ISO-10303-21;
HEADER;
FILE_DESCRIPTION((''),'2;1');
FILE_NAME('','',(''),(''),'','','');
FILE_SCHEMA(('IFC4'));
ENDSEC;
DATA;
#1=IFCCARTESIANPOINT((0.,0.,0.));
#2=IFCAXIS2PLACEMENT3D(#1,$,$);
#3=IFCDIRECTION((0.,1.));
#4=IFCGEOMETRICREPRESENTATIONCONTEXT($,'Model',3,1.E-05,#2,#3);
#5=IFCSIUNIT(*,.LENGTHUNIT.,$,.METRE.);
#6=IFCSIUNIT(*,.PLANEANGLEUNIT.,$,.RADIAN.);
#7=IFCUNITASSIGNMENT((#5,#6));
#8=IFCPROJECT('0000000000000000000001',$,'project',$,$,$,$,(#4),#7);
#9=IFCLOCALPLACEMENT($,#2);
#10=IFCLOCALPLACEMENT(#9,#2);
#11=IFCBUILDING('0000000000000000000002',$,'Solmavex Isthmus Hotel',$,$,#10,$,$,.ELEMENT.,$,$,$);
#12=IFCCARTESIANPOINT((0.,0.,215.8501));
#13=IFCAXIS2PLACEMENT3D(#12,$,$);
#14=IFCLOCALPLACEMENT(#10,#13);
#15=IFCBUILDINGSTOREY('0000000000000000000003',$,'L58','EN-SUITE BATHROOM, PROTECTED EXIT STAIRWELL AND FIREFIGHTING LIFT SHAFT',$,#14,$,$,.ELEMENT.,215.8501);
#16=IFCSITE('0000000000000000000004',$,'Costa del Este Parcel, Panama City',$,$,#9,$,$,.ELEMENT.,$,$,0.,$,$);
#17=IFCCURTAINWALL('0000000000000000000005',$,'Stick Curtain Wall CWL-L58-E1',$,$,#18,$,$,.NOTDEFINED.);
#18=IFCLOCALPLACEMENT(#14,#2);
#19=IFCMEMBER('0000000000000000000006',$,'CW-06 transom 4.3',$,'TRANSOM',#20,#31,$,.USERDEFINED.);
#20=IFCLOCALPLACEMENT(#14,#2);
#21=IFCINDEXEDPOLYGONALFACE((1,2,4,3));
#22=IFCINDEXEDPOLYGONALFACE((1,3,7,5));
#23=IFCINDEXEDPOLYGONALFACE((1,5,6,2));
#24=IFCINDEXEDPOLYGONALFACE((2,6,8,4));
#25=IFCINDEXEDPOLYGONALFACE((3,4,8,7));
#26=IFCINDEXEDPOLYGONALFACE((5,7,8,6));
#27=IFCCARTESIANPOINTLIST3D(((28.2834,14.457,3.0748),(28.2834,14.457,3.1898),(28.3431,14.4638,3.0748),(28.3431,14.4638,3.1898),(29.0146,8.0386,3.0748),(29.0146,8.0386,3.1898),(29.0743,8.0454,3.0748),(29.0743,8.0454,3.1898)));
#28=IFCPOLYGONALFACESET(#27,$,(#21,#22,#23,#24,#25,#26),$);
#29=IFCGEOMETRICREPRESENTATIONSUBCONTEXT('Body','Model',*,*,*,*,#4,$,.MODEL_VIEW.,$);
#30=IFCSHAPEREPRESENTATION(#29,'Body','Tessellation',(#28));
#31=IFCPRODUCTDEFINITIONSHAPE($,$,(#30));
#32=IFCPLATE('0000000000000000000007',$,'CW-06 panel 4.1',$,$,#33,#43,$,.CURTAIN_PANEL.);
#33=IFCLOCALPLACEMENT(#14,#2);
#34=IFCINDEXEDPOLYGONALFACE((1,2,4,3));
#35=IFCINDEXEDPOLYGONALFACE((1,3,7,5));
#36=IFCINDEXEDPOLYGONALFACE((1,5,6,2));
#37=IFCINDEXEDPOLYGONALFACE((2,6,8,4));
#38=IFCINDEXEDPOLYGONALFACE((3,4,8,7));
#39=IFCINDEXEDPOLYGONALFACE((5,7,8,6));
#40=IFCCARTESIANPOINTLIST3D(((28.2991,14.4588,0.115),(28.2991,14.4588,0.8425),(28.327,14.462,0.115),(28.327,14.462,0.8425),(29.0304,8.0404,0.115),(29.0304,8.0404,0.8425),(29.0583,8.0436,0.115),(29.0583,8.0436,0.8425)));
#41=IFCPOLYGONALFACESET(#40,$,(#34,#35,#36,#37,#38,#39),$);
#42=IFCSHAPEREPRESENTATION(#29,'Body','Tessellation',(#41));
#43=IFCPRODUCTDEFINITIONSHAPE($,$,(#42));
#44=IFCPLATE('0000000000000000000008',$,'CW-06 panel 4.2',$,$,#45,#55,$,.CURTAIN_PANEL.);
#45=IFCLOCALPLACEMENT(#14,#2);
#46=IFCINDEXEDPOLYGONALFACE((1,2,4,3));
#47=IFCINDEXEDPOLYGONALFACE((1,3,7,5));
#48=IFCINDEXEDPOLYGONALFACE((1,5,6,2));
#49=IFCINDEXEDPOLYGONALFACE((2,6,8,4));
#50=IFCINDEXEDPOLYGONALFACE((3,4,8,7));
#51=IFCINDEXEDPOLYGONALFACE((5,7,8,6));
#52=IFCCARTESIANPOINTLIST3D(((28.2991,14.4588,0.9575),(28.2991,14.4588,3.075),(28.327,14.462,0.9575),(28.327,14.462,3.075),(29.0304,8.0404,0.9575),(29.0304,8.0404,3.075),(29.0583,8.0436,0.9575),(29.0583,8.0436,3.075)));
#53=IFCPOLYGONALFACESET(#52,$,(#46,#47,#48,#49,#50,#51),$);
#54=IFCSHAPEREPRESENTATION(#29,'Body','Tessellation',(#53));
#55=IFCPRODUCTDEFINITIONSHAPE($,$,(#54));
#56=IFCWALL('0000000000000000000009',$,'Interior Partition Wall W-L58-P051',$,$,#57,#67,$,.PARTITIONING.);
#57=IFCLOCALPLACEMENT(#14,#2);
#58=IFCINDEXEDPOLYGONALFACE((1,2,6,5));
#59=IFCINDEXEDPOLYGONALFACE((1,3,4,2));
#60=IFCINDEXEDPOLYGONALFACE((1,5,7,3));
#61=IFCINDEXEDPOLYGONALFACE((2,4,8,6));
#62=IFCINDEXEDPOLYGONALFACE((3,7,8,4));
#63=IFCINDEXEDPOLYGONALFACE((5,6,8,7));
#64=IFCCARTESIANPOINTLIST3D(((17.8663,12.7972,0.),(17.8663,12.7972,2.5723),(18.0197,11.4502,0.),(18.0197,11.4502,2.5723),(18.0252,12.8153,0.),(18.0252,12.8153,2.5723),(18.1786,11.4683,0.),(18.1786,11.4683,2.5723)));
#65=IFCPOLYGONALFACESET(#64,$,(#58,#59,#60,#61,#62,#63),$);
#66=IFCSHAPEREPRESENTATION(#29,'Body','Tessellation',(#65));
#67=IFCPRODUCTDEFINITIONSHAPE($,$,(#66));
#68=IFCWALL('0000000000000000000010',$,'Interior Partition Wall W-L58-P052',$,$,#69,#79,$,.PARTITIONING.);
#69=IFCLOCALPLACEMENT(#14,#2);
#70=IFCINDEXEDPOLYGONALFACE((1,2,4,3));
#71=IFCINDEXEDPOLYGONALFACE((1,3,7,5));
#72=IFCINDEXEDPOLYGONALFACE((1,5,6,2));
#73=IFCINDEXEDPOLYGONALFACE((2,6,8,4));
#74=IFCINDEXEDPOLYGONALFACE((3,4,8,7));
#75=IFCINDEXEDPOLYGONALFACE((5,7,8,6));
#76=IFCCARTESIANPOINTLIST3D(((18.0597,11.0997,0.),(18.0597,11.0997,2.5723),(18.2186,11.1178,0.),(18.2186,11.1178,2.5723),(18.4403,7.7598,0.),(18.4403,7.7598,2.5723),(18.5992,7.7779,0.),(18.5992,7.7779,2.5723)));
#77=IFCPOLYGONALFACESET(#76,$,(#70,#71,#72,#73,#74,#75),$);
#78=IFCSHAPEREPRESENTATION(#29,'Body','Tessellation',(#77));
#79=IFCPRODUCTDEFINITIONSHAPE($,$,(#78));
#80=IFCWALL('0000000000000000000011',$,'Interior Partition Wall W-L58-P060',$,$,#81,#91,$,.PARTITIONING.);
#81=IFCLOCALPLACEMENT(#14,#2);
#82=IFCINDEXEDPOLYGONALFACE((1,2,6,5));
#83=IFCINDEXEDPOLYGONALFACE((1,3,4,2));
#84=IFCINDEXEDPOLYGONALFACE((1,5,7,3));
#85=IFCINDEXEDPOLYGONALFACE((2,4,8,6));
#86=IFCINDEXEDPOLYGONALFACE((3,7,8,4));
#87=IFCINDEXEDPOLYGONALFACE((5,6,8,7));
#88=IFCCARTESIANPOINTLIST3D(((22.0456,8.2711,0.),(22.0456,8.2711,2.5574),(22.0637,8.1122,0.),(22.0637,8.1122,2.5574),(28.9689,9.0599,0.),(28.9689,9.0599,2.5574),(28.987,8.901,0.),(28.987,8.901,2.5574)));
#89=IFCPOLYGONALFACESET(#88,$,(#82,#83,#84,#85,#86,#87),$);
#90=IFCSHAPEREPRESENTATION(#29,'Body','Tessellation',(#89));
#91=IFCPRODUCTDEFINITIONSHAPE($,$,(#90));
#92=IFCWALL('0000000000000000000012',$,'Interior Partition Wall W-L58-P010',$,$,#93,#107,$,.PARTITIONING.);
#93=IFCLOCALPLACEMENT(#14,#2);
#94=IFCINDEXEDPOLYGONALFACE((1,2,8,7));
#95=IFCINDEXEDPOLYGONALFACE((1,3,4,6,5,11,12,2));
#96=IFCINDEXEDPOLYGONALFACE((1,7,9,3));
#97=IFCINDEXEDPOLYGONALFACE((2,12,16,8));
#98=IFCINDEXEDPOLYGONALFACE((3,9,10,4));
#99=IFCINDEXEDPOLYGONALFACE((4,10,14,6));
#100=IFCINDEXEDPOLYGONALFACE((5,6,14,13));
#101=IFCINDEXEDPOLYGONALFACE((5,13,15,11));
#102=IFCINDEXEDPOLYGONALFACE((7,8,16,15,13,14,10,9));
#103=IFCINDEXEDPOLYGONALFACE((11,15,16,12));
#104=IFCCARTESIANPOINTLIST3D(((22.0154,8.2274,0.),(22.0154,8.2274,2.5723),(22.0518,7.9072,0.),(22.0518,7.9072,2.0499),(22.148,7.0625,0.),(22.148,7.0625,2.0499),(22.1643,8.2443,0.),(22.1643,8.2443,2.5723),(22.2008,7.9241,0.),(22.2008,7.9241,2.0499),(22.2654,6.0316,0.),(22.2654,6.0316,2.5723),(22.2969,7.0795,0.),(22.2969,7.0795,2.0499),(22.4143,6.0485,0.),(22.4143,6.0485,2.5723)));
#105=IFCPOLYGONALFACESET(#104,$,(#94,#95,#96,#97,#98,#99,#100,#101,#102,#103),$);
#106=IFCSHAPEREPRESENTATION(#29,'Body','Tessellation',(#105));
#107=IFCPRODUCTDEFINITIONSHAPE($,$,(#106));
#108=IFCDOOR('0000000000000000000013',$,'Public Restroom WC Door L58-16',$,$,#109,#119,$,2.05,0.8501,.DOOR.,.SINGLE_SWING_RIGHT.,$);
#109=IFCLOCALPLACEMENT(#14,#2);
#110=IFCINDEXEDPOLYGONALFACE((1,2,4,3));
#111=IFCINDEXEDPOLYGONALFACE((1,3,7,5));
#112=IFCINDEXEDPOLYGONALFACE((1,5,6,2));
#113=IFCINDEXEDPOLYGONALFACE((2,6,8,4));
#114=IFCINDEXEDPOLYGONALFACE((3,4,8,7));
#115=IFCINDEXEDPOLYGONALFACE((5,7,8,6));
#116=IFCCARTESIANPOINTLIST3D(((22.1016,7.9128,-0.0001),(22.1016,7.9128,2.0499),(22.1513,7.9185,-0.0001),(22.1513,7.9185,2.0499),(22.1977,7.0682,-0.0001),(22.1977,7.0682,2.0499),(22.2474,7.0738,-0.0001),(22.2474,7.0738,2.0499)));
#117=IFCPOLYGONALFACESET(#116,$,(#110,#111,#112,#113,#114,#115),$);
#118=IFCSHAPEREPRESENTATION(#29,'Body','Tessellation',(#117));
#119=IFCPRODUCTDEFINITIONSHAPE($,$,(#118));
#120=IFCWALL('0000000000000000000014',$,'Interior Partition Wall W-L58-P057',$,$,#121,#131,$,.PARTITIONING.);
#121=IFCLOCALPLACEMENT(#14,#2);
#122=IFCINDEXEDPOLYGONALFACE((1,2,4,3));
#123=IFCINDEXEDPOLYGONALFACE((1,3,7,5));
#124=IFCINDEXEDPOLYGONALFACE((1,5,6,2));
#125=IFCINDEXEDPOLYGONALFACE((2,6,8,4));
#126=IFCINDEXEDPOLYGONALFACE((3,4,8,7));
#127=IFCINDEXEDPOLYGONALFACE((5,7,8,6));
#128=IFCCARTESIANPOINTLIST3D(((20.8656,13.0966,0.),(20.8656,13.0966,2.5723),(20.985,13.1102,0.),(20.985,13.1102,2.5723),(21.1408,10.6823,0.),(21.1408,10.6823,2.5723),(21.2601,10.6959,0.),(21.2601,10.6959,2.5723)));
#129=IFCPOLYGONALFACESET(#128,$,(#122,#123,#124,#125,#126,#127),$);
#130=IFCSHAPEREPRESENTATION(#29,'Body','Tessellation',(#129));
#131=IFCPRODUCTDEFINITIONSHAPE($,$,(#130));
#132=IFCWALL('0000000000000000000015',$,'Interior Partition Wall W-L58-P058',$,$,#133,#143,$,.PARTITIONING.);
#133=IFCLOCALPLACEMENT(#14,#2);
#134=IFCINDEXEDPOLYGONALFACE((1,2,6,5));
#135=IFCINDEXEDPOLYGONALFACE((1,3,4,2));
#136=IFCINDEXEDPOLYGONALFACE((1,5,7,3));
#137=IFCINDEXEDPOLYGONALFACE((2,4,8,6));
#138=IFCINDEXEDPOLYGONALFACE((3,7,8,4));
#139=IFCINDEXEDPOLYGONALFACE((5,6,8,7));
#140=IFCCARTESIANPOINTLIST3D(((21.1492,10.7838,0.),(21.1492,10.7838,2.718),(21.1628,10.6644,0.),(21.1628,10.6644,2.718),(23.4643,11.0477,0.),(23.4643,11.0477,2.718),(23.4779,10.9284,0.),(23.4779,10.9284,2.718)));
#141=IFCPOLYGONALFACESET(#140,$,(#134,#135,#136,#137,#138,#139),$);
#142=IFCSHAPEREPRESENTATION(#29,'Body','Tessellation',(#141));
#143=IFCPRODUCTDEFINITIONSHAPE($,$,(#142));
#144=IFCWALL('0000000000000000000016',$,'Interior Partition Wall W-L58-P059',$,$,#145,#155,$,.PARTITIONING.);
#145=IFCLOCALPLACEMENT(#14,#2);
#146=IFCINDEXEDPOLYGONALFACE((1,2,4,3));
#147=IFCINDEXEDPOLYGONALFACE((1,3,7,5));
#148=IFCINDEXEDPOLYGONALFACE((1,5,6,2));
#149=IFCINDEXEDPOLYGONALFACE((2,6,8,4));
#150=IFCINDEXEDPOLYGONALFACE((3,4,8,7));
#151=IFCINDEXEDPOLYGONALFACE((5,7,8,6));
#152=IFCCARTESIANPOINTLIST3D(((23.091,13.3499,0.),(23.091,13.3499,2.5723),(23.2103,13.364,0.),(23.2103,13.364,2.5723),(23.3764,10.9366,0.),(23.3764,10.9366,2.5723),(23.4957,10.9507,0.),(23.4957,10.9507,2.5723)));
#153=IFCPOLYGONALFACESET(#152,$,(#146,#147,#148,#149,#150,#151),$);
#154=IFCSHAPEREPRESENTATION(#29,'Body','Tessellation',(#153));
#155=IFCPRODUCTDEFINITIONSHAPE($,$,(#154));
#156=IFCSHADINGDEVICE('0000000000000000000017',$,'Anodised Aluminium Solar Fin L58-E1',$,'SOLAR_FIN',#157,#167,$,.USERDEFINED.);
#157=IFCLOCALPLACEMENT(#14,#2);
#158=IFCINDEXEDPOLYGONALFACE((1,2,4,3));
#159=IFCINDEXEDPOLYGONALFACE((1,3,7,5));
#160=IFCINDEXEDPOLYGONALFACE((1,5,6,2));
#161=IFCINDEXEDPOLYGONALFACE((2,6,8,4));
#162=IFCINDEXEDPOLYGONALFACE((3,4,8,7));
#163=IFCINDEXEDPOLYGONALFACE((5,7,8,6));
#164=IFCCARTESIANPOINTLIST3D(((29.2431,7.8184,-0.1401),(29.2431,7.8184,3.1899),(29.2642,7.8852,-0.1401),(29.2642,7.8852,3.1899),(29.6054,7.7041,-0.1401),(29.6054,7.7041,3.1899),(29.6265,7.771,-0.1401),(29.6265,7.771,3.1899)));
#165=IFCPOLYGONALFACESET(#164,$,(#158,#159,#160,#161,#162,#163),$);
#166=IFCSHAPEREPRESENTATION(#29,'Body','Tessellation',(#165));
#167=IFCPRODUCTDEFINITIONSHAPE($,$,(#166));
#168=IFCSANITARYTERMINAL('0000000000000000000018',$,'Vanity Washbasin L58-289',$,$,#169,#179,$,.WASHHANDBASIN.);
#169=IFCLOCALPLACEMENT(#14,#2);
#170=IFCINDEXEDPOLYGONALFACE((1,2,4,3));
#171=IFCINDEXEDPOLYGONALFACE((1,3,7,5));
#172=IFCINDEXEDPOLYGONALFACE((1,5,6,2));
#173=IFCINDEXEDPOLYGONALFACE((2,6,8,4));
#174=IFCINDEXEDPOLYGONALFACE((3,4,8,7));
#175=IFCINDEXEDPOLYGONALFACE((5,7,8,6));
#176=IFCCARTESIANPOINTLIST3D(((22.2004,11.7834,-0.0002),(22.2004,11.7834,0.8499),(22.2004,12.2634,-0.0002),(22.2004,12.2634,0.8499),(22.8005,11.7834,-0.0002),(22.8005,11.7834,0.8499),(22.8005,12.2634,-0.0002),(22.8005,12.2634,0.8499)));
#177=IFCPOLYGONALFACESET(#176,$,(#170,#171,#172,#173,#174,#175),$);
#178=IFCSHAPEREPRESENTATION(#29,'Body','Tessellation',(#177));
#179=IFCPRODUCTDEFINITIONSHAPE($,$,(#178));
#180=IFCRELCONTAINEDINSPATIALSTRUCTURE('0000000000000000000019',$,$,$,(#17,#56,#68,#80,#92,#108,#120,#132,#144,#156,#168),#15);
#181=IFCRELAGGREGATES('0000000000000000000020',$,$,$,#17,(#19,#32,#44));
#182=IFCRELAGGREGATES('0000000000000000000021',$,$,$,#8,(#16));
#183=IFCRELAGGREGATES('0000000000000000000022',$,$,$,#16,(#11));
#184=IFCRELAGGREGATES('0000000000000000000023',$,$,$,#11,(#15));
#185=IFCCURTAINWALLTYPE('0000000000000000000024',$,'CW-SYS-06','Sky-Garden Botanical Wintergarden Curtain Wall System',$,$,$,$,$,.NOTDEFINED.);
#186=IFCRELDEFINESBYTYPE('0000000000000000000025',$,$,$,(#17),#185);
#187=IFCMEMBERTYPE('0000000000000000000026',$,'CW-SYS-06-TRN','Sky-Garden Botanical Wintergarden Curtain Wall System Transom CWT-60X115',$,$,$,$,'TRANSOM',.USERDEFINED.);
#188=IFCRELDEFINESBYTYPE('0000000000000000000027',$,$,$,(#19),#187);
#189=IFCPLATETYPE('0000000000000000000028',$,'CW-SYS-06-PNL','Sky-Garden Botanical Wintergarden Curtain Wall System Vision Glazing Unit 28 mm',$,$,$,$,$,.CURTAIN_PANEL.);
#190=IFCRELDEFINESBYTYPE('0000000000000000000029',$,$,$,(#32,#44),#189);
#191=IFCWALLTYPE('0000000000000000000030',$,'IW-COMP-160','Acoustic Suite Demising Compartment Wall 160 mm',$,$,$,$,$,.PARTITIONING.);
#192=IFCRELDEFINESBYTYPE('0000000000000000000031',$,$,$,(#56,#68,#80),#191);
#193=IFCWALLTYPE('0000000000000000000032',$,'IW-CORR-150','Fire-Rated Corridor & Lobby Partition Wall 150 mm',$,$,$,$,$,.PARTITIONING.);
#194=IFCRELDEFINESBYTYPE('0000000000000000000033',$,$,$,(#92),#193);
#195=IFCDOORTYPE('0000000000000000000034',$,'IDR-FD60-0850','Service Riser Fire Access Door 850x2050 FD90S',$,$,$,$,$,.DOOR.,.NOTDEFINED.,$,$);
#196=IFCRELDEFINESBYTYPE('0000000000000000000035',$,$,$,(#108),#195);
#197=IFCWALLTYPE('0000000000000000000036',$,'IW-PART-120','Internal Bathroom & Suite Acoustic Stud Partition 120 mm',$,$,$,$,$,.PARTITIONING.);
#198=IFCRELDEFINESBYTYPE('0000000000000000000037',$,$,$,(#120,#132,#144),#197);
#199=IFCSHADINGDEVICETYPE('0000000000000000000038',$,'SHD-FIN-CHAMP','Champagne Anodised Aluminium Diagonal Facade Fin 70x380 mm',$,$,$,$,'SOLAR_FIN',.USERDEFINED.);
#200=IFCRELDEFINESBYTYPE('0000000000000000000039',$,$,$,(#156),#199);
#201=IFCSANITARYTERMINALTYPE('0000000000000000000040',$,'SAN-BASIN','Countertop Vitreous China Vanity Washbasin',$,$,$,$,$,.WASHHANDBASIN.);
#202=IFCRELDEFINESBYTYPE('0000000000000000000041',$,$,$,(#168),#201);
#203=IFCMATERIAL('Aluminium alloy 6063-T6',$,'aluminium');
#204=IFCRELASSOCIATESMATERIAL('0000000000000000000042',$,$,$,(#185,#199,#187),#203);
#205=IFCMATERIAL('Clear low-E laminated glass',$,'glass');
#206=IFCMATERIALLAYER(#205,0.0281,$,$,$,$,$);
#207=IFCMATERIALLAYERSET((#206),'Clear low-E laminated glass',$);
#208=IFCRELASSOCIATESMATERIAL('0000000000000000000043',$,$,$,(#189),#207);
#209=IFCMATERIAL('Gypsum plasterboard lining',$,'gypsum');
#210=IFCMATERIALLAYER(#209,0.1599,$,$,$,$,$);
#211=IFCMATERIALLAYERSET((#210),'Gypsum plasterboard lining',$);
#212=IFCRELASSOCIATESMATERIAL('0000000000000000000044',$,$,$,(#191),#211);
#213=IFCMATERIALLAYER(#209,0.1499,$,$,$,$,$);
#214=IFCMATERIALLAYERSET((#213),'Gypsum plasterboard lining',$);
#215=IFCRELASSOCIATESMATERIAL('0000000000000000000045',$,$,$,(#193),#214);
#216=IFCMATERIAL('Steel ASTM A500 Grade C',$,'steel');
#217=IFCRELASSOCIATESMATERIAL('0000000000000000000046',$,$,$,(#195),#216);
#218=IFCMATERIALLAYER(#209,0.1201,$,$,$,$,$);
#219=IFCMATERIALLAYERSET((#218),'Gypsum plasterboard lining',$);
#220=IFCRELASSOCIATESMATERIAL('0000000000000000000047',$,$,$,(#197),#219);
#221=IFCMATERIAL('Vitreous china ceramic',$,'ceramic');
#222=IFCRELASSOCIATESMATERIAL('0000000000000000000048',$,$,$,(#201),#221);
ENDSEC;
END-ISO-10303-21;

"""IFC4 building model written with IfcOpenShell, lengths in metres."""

from ifc_helpers import new_model, si_unit, direction, frame, frame_2d, origin, origin_2d, place, context, subcontext, project, spatial, rectangle, extrude, material, layer, layer_set, material_profile, profile_set, type_object, element, fill, aggregate, save


model = new_model("IFC4")

# Units and contexts
model_context = context("Model", 3, precision=1e-05, world=origin(), true_north=direction((0.0, 1.0)))
body_context = subcontext(model_context, "Body", "Model", "MODEL_VIEW")
ifc_project = project(units=[si_unit("LENGTHUNIT", "METRE"), si_unit("PLANEANGLEUNIT", "RADIAN")], contexts=[model_context])

# Site, building, storey
site_placement = place(None, origin())
site = spatial("IfcSite", under=ifc_project, at=site_placement, Name="Costa del Este Parcel, Panama City", CompositionType="ELEMENT", RefElevation=0.0)
building_placement = place(site_placement, origin())
building = spatial("IfcBuilding", under=site, at=building_placement, Name="Solmavex Isthmus Hotel", CompositionType="ELEMENT")
storey_placement = place(building_placement, frame((0.0, 0.0, 215.8501)))
storey = spatial("IfcBuildingStorey", under=building, at=storey_placement, Name="L58", Description="EN-SUITE BATHROOM, PROTECTED EXIT STAIRWELL AND FIREFIGHTING LIFT SHAFT", CompositionType="ELEMENT", Elevation=215.8501)

# Curtain wall, member, plates
ifc_material_1 = material(Name="Aluminium alloy 6063-T6", Category="aluminium")
curtain_wall_type = type_object("IfcCurtainWallType", Name="CW-SYS-06", Description="Sky-Garden Botanical Wintergarden Curtain Wall System", PredefinedType="NOTDEFINED", material=ifc_material_1)
curtain_wall_placement = place(storey_placement, origin())
curtain_wall = element("IfcCurtainWall", 1, at=curtain_wall_placement, inside=storey, type_object=curtain_wall_type, Name="Stick Curtain Wall CWL-L58-E1", PredefinedType="NOTDEFINED")
ifc_material_profile_1 = material_profile(ifc_material_1, rectangle(XDim=0.0601, YDim=0.115, at=origin_2d()), Name="CWT-60X115")
ifc_profile_set_1 = profile_set([ifc_material_profile_1], Name="Aluminium alloy 6063-T6")
member_type_1 = type_object("IfcMemberType", Name="CW-SYS-06-TRN", Description="Sky-Garden Botanical Wintergarden Curtain Wall System Transom CWT-60X115", ElementType="TRANSOM", PredefinedType="USERDEFINED", material=ifc_profile_set_1)
member_1_placement = place(storey_placement, frame((29.0444, 8.042, 3.1323), z_axis=(-0.11319, 0.993573, 0.0), x_axis=(-0.993573, -0.11319, 0.0)))
member_1 = element("IfcMember", 2, at=member_1_placement, type_object=member_type_1, Name="CW-06 transom 4.3", ObjectType="TRANSOM", PredefinedType="USERDEFINED", context=body_context, shape_type="SweptSolid", body=[
    extrude(rectangle(XDim=0.0601, YDim=0.115, at=origin_2d()), origin(), (0.0, 0.0, 1.0), 6.46),
])
ifc_material_2 = material(Name="Clear low-E laminated glass", Category="glass")
ifc_layer_1 = layer(ifc_material_2, 0.0281)
ifc_layer_set_1 = layer_set([ifc_layer_1], Name="Clear low-E laminated glass")
plate_type = type_object("IfcPlateType", Name="CW-SYS-06-PNL", Description="Sky-Garden Botanical Wintergarden Curtain Wall System Vision Glazing Unit 28 mm", PredefinedType="CURTAIN_PANEL", material=ifc_layer_set_1)
plate_1_placement = place(storey_placement, frame((28.6787, 11.2512, 0.115), z_axis=(0.0, 0.0, 1.0), x_axis=(-0.113203, 0.993572, 0.0)))
plate_1 = element("IfcPlate", 3, at=plate_1_placement, type_object=plate_type, Name="CW-06 panel 4.1", PredefinedType="CURTAIN_PANEL", context=body_context, shape_type="SweptSolid", body=[
    extrude(rectangle(XDim=6.46, YDim=0.0281, at=origin_2d()), origin(), (0.0, 0.0, 1.0), 0.7275),
])
plate_2_placement = place(storey_placement, frame((28.6787, 11.2512, 0.9575), z_axis=(0.0, 0.0, 1.0), x_axis=(-0.113203, 0.993572, 0.0)))
plate_2 = element("IfcPlate", 4, at=plate_2_placement, type_object=plate_type, Name="CW-06 panel 4.2", PredefinedType="CURTAIN_PANEL", context=body_context, shape_type="SweptSolid", body=[
    extrude(rectangle(XDim=6.46, YDim=0.0281, at=origin_2d()), origin(), (0.0, 0.0, 1.0), 2.1174),
])
aggregate(curtain_wall, [member_1, plate_1, plate_2])

# Walls
ifc_material_3 = material(Name="Gypsum plasterboard lining", Category="gypsum")
ifc_layer_2 = layer(ifc_material_3, 0.1599)
ifc_layer_set_2 = layer_set([ifc_layer_2], Name="Gypsum plasterboard lining")
wall_type_1 = type_object("IfcWallType", Name="IW-COMP-160", Description="Acoustic Suite Demising Compartment Wall 160 mm", PredefinedType="PARTITIONING", material=ifc_layer_set_2)
wall_1_placement = place(storey_placement, frame((17.9458, 12.8062, 0.0), z_axis=(0.0, 0.0, 1.0), x_axis=(0.1131, -0.993584, 0.0)))
element("IfcWall", 5, at=wall_1_placement, inside=storey, type_object=wall_type_1, Name="Interior Partition Wall W-L58-P051", PredefinedType="PARTITIONING", context=body_context, shape_type="SweptSolid", body=[
    extrude(rectangle(XDim=1.3557, YDim=0.1599, at=frame_2d((0.6777, 0.0))), origin(), (0.0, 0.0, 1.0), 2.5723),
])
wall_2_placement = place(storey_placement, frame((18.1392, 11.1086, 0.0), z_axis=(0.0, 0.0, 1.0), x_axis=(0.113229, -0.993569, 0.0)))
element("IfcWall", 6, at=wall_2_placement, inside=storey, type_object=wall_type_1, Name="Interior Partition Wall W-L58-P052", PredefinedType="PARTITIONING", context=body_context, shape_type="SweptSolid", body=[
    extrude(rectangle(XDim=3.3616, YDim=0.1599, at=frame_2d((1.6807, 0.0))), origin(), (0.0, 0.0, 1.0), 2.5723),
])
wall_3_placement = place(storey_placement, frame((28.9778, 8.9805, 0.0), z_axis=(0.0, 0.0, 1.0), x_axis=(-0.993572, -0.113204, 0.0)))
element("IfcWall", 7, at=wall_3_placement, inside=storey, type_object=wall_type_1, Name="Interior Partition Wall W-L58-P060", PredefinedType="PARTITIONING", context=body_context, shape_type="SweptSolid", body=[
    extrude(rectangle(XDim=6.968, YDim=0.1599, at=frame_2d((3.4839, 0.0))), origin(), (0.0, 0.0, 1.0), 2.5574),
])

# Wall, opening, door
ifc_layer_3 = layer(ifc_material_3, 0.1499)
ifc_layer_set_3 = layer_set([ifc_layer_3], Name="Gypsum plasterboard lining")
wall_type_2 = type_object("IfcWallType", Name="IW-CORR-150", Description="Fire-Rated Corridor & Lobby Partition Wall 150 mm", PredefinedType="PARTITIONING", material=ifc_layer_set_3)
wall_4_placement = place(storey_placement, frame((22.0898, 8.2358, 0.0), z_axis=(0.0, 0.0, 1.0), x_axis=(0.113123, -0.993581, 0.0)))
wall_4 = element("IfcWall", 8, at=wall_4_placement, inside=storey, type_object=wall_type_2, Name="Interior Partition Wall W-L58-P010", PredefinedType="PARTITIONING", context=body_context, shape_type="SweptSolid", body=[
    extrude(rectangle(XDim=2.21, YDim=0.1499, at=frame_2d((1.105, 0.0))), origin(), (0.0, 0.0, 1.0), 2.5723),
])
opening_1_placement = place(wall_4_placement, frame((0.3223, 0.0, 0.0)))
opening_1 = element("IfcOpeningElement", 9, at=opening_1_placement, cuts=wall_4, PredefinedType="OPENING", context=body_context, shape_type="SweptSolid", body=[
    extrude(rectangle(XDim=0.8501, YDim=2.05, at=frame_2d((0.425, 1.0249))), frame((0.0, 0.085, 0.0), z_axis=(0.0, -1.0, 0.0), x_axis=(1.0, 0.0, 0.0)), (0.0, 0.0, 1.0), 0.1699),
])
ifc_material_4 = material(Name="Steel ASTM A500 Grade C", Category="steel")
door_type_1 = type_object("IfcDoorType", Name="IDR-FD60-0850", Description="Service Riser Fire Access Door 850x2050 FD90S", OperationType="NOTDEFINED", PredefinedType="DOOR", material=ifc_material_4)
door_1_placement = place(opening_1_placement, frame((0.8501, 0.0, 0.0), z_axis=(0.0, 0.0, 1.0), x_axis=(-1.0, 0.0, 0.0)))
door_1 = element("IfcDoor", 10, at=door_1_placement, inside=storey, type_object=door_type_1, Name="Public Restroom WC Door L58-16", OperationType="SINGLE_SWING_RIGHT", OverallHeight=2.05, OverallWidth=0.8501, PredefinedType="DOOR", context=body_context, shape_type="SweptSolid", body=[
    extrude(rectangle(XDim=0.8501, YDim=2.05, at=frame_2d((0.425, 1.0249))), frame((0.0, 0.0249, 0.0), z_axis=(0.0, -1.0, 0.0), x_axis=(1.0, 0.0, 0.0)), (0.0, 0.0, 1.0), 0.05),
])
fill(opening_1, door_1)

# Walls
ifc_layer_4 = layer(ifc_material_3, 0.1201)
ifc_layer_set_4 = layer_set([ifc_layer_4], Name="Gypsum plasterboard lining")
wall_type_3 = type_object("IfcWallType", Name="IW-PART-120", Description="Internal Bathroom & Suite Acoustic Stud Partition 120 mm", PredefinedType="PARTITIONING", material=ifc_layer_set_4)
wall_5_placement = place(storey_placement, frame((20.9253, 13.1033, 0.0), z_axis=(0.0, 0.0, 1.0), x_axis=(0.113232, -0.993569, 0.0)))
element("IfcWall", 11, at=wall_5_placement, inside=storey, type_object=wall_type_3, Name="Interior Partition Wall W-L58-P057", PredefinedType="PARTITIONING", context=body_context, shape_type="SweptSolid", body=[
    extrude(rectangle(XDim=2.4299, YDim=0.1201, at=frame_2d((1.2148, 0.0))), origin(), (0.0, 0.0, 1.0), 2.5723),
])
wall_6_placement = place(storey_placement, frame((21.156, 10.7241, 0.0), z_axis=(0.0, 0.0, 1.0), x_axis=(0.993565, 0.11326, 0.0)))
element("IfcWall", 12, at=wall_6_placement, inside=storey, type_object=wall_type_3, Name="Interior Partition Wall W-L58-P058", PredefinedType="PARTITIONING", context=body_context, shape_type="SweptSolid", body=[
    extrude(rectangle(XDim=2.3301, YDim=0.1201, at=frame_2d((1.165, 0.0))), origin(), (0.0, 0.0, 1.0), 2.718),
])
wall_7_placement = place(storey_placement, frame((23.436, 10.9436, 0.0), z_axis=(0.0, 0.0, 1.0), x_axis=(-0.117442, 0.99308, 0.0)))
element("IfcWall", 13, at=wall_7_placement, inside=storey, type_object=wall_type_3, Name="Interior Partition Wall W-L58-P059", PredefinedType="PARTITIONING", context=body_context, shape_type="SweptSolid", body=[
    extrude(rectangle(XDim=2.4302, YDim=0.1201, at=frame_2d((1.2151, 0.0))), origin(), (0.0, 0.0, 1.0), 2.5723),
])

# Shading device
shading_device_type = type_object("IfcShadingDeviceType", Name="SHD-FIN-CHAMP", Description="Champagne Anodised Aluminium Diagonal Facade Fin 70x380 mm", ElementType="SOLAR_FIN", PredefinedType="USERDEFINED", material=ifc_material_1)
shading_device_placement = place(storey_placement, frame((29.4348, 7.7947, -0.1401), z_axis=(0.0, 0.0, 1.0), x_axis=(0.953717, -0.300706, 0.0)))
element("IfcShadingDevice", 14, at=shading_device_placement, inside=storey, type_object=shading_device_type, Name="Anodised Aluminium Solar Fin L58-E1", ObjectType="SOLAR_FIN", PredefinedType="USERDEFINED", context=body_context, shape_type="SweptSolid", body=[
    extrude(rectangle(XDim=0.3799, YDim=0.0701, at=origin_2d()), origin(), (0.0, 0.0, 1.0), 3.3301),
])

# Sanitary terminal
ifc_material_5 = material(Name="Vitreous china ceramic", Category="ceramic")
sanitary_terminal_type_1 = type_object("IfcSanitaryTerminalType", Name="SAN-BASIN", Description="Countertop Vitreous China Vanity Washbasin", PredefinedType="WASHHANDBASIN", material=ifc_material_5)
for number, where, z_axis, x_axis, name in (
    (15, (22.5005, 12.0234, -0.0002), (0.0, 0.0, 1.0), (1.0, 0.0, 0.0), "Vanity Washbasin L58-289"),
):
    element("IfcSanitaryTerminal", number, at=place(storey_placement, frame(where, z_axis=z_axis, x_axis=x_axis)), inside=storey, type_object=sanitary_terminal_type_1, Name=name, PredefinedType="WASHHANDBASIN", context=body_context, shape_type="SweptSolid", body=[
        extrude(rectangle(XDim=0.6001, YDim=0.48, at=origin_2d()), origin(), (0.0, 0.0, 1.0), 0.8501),
    ])

save(model, "model.ifc")
